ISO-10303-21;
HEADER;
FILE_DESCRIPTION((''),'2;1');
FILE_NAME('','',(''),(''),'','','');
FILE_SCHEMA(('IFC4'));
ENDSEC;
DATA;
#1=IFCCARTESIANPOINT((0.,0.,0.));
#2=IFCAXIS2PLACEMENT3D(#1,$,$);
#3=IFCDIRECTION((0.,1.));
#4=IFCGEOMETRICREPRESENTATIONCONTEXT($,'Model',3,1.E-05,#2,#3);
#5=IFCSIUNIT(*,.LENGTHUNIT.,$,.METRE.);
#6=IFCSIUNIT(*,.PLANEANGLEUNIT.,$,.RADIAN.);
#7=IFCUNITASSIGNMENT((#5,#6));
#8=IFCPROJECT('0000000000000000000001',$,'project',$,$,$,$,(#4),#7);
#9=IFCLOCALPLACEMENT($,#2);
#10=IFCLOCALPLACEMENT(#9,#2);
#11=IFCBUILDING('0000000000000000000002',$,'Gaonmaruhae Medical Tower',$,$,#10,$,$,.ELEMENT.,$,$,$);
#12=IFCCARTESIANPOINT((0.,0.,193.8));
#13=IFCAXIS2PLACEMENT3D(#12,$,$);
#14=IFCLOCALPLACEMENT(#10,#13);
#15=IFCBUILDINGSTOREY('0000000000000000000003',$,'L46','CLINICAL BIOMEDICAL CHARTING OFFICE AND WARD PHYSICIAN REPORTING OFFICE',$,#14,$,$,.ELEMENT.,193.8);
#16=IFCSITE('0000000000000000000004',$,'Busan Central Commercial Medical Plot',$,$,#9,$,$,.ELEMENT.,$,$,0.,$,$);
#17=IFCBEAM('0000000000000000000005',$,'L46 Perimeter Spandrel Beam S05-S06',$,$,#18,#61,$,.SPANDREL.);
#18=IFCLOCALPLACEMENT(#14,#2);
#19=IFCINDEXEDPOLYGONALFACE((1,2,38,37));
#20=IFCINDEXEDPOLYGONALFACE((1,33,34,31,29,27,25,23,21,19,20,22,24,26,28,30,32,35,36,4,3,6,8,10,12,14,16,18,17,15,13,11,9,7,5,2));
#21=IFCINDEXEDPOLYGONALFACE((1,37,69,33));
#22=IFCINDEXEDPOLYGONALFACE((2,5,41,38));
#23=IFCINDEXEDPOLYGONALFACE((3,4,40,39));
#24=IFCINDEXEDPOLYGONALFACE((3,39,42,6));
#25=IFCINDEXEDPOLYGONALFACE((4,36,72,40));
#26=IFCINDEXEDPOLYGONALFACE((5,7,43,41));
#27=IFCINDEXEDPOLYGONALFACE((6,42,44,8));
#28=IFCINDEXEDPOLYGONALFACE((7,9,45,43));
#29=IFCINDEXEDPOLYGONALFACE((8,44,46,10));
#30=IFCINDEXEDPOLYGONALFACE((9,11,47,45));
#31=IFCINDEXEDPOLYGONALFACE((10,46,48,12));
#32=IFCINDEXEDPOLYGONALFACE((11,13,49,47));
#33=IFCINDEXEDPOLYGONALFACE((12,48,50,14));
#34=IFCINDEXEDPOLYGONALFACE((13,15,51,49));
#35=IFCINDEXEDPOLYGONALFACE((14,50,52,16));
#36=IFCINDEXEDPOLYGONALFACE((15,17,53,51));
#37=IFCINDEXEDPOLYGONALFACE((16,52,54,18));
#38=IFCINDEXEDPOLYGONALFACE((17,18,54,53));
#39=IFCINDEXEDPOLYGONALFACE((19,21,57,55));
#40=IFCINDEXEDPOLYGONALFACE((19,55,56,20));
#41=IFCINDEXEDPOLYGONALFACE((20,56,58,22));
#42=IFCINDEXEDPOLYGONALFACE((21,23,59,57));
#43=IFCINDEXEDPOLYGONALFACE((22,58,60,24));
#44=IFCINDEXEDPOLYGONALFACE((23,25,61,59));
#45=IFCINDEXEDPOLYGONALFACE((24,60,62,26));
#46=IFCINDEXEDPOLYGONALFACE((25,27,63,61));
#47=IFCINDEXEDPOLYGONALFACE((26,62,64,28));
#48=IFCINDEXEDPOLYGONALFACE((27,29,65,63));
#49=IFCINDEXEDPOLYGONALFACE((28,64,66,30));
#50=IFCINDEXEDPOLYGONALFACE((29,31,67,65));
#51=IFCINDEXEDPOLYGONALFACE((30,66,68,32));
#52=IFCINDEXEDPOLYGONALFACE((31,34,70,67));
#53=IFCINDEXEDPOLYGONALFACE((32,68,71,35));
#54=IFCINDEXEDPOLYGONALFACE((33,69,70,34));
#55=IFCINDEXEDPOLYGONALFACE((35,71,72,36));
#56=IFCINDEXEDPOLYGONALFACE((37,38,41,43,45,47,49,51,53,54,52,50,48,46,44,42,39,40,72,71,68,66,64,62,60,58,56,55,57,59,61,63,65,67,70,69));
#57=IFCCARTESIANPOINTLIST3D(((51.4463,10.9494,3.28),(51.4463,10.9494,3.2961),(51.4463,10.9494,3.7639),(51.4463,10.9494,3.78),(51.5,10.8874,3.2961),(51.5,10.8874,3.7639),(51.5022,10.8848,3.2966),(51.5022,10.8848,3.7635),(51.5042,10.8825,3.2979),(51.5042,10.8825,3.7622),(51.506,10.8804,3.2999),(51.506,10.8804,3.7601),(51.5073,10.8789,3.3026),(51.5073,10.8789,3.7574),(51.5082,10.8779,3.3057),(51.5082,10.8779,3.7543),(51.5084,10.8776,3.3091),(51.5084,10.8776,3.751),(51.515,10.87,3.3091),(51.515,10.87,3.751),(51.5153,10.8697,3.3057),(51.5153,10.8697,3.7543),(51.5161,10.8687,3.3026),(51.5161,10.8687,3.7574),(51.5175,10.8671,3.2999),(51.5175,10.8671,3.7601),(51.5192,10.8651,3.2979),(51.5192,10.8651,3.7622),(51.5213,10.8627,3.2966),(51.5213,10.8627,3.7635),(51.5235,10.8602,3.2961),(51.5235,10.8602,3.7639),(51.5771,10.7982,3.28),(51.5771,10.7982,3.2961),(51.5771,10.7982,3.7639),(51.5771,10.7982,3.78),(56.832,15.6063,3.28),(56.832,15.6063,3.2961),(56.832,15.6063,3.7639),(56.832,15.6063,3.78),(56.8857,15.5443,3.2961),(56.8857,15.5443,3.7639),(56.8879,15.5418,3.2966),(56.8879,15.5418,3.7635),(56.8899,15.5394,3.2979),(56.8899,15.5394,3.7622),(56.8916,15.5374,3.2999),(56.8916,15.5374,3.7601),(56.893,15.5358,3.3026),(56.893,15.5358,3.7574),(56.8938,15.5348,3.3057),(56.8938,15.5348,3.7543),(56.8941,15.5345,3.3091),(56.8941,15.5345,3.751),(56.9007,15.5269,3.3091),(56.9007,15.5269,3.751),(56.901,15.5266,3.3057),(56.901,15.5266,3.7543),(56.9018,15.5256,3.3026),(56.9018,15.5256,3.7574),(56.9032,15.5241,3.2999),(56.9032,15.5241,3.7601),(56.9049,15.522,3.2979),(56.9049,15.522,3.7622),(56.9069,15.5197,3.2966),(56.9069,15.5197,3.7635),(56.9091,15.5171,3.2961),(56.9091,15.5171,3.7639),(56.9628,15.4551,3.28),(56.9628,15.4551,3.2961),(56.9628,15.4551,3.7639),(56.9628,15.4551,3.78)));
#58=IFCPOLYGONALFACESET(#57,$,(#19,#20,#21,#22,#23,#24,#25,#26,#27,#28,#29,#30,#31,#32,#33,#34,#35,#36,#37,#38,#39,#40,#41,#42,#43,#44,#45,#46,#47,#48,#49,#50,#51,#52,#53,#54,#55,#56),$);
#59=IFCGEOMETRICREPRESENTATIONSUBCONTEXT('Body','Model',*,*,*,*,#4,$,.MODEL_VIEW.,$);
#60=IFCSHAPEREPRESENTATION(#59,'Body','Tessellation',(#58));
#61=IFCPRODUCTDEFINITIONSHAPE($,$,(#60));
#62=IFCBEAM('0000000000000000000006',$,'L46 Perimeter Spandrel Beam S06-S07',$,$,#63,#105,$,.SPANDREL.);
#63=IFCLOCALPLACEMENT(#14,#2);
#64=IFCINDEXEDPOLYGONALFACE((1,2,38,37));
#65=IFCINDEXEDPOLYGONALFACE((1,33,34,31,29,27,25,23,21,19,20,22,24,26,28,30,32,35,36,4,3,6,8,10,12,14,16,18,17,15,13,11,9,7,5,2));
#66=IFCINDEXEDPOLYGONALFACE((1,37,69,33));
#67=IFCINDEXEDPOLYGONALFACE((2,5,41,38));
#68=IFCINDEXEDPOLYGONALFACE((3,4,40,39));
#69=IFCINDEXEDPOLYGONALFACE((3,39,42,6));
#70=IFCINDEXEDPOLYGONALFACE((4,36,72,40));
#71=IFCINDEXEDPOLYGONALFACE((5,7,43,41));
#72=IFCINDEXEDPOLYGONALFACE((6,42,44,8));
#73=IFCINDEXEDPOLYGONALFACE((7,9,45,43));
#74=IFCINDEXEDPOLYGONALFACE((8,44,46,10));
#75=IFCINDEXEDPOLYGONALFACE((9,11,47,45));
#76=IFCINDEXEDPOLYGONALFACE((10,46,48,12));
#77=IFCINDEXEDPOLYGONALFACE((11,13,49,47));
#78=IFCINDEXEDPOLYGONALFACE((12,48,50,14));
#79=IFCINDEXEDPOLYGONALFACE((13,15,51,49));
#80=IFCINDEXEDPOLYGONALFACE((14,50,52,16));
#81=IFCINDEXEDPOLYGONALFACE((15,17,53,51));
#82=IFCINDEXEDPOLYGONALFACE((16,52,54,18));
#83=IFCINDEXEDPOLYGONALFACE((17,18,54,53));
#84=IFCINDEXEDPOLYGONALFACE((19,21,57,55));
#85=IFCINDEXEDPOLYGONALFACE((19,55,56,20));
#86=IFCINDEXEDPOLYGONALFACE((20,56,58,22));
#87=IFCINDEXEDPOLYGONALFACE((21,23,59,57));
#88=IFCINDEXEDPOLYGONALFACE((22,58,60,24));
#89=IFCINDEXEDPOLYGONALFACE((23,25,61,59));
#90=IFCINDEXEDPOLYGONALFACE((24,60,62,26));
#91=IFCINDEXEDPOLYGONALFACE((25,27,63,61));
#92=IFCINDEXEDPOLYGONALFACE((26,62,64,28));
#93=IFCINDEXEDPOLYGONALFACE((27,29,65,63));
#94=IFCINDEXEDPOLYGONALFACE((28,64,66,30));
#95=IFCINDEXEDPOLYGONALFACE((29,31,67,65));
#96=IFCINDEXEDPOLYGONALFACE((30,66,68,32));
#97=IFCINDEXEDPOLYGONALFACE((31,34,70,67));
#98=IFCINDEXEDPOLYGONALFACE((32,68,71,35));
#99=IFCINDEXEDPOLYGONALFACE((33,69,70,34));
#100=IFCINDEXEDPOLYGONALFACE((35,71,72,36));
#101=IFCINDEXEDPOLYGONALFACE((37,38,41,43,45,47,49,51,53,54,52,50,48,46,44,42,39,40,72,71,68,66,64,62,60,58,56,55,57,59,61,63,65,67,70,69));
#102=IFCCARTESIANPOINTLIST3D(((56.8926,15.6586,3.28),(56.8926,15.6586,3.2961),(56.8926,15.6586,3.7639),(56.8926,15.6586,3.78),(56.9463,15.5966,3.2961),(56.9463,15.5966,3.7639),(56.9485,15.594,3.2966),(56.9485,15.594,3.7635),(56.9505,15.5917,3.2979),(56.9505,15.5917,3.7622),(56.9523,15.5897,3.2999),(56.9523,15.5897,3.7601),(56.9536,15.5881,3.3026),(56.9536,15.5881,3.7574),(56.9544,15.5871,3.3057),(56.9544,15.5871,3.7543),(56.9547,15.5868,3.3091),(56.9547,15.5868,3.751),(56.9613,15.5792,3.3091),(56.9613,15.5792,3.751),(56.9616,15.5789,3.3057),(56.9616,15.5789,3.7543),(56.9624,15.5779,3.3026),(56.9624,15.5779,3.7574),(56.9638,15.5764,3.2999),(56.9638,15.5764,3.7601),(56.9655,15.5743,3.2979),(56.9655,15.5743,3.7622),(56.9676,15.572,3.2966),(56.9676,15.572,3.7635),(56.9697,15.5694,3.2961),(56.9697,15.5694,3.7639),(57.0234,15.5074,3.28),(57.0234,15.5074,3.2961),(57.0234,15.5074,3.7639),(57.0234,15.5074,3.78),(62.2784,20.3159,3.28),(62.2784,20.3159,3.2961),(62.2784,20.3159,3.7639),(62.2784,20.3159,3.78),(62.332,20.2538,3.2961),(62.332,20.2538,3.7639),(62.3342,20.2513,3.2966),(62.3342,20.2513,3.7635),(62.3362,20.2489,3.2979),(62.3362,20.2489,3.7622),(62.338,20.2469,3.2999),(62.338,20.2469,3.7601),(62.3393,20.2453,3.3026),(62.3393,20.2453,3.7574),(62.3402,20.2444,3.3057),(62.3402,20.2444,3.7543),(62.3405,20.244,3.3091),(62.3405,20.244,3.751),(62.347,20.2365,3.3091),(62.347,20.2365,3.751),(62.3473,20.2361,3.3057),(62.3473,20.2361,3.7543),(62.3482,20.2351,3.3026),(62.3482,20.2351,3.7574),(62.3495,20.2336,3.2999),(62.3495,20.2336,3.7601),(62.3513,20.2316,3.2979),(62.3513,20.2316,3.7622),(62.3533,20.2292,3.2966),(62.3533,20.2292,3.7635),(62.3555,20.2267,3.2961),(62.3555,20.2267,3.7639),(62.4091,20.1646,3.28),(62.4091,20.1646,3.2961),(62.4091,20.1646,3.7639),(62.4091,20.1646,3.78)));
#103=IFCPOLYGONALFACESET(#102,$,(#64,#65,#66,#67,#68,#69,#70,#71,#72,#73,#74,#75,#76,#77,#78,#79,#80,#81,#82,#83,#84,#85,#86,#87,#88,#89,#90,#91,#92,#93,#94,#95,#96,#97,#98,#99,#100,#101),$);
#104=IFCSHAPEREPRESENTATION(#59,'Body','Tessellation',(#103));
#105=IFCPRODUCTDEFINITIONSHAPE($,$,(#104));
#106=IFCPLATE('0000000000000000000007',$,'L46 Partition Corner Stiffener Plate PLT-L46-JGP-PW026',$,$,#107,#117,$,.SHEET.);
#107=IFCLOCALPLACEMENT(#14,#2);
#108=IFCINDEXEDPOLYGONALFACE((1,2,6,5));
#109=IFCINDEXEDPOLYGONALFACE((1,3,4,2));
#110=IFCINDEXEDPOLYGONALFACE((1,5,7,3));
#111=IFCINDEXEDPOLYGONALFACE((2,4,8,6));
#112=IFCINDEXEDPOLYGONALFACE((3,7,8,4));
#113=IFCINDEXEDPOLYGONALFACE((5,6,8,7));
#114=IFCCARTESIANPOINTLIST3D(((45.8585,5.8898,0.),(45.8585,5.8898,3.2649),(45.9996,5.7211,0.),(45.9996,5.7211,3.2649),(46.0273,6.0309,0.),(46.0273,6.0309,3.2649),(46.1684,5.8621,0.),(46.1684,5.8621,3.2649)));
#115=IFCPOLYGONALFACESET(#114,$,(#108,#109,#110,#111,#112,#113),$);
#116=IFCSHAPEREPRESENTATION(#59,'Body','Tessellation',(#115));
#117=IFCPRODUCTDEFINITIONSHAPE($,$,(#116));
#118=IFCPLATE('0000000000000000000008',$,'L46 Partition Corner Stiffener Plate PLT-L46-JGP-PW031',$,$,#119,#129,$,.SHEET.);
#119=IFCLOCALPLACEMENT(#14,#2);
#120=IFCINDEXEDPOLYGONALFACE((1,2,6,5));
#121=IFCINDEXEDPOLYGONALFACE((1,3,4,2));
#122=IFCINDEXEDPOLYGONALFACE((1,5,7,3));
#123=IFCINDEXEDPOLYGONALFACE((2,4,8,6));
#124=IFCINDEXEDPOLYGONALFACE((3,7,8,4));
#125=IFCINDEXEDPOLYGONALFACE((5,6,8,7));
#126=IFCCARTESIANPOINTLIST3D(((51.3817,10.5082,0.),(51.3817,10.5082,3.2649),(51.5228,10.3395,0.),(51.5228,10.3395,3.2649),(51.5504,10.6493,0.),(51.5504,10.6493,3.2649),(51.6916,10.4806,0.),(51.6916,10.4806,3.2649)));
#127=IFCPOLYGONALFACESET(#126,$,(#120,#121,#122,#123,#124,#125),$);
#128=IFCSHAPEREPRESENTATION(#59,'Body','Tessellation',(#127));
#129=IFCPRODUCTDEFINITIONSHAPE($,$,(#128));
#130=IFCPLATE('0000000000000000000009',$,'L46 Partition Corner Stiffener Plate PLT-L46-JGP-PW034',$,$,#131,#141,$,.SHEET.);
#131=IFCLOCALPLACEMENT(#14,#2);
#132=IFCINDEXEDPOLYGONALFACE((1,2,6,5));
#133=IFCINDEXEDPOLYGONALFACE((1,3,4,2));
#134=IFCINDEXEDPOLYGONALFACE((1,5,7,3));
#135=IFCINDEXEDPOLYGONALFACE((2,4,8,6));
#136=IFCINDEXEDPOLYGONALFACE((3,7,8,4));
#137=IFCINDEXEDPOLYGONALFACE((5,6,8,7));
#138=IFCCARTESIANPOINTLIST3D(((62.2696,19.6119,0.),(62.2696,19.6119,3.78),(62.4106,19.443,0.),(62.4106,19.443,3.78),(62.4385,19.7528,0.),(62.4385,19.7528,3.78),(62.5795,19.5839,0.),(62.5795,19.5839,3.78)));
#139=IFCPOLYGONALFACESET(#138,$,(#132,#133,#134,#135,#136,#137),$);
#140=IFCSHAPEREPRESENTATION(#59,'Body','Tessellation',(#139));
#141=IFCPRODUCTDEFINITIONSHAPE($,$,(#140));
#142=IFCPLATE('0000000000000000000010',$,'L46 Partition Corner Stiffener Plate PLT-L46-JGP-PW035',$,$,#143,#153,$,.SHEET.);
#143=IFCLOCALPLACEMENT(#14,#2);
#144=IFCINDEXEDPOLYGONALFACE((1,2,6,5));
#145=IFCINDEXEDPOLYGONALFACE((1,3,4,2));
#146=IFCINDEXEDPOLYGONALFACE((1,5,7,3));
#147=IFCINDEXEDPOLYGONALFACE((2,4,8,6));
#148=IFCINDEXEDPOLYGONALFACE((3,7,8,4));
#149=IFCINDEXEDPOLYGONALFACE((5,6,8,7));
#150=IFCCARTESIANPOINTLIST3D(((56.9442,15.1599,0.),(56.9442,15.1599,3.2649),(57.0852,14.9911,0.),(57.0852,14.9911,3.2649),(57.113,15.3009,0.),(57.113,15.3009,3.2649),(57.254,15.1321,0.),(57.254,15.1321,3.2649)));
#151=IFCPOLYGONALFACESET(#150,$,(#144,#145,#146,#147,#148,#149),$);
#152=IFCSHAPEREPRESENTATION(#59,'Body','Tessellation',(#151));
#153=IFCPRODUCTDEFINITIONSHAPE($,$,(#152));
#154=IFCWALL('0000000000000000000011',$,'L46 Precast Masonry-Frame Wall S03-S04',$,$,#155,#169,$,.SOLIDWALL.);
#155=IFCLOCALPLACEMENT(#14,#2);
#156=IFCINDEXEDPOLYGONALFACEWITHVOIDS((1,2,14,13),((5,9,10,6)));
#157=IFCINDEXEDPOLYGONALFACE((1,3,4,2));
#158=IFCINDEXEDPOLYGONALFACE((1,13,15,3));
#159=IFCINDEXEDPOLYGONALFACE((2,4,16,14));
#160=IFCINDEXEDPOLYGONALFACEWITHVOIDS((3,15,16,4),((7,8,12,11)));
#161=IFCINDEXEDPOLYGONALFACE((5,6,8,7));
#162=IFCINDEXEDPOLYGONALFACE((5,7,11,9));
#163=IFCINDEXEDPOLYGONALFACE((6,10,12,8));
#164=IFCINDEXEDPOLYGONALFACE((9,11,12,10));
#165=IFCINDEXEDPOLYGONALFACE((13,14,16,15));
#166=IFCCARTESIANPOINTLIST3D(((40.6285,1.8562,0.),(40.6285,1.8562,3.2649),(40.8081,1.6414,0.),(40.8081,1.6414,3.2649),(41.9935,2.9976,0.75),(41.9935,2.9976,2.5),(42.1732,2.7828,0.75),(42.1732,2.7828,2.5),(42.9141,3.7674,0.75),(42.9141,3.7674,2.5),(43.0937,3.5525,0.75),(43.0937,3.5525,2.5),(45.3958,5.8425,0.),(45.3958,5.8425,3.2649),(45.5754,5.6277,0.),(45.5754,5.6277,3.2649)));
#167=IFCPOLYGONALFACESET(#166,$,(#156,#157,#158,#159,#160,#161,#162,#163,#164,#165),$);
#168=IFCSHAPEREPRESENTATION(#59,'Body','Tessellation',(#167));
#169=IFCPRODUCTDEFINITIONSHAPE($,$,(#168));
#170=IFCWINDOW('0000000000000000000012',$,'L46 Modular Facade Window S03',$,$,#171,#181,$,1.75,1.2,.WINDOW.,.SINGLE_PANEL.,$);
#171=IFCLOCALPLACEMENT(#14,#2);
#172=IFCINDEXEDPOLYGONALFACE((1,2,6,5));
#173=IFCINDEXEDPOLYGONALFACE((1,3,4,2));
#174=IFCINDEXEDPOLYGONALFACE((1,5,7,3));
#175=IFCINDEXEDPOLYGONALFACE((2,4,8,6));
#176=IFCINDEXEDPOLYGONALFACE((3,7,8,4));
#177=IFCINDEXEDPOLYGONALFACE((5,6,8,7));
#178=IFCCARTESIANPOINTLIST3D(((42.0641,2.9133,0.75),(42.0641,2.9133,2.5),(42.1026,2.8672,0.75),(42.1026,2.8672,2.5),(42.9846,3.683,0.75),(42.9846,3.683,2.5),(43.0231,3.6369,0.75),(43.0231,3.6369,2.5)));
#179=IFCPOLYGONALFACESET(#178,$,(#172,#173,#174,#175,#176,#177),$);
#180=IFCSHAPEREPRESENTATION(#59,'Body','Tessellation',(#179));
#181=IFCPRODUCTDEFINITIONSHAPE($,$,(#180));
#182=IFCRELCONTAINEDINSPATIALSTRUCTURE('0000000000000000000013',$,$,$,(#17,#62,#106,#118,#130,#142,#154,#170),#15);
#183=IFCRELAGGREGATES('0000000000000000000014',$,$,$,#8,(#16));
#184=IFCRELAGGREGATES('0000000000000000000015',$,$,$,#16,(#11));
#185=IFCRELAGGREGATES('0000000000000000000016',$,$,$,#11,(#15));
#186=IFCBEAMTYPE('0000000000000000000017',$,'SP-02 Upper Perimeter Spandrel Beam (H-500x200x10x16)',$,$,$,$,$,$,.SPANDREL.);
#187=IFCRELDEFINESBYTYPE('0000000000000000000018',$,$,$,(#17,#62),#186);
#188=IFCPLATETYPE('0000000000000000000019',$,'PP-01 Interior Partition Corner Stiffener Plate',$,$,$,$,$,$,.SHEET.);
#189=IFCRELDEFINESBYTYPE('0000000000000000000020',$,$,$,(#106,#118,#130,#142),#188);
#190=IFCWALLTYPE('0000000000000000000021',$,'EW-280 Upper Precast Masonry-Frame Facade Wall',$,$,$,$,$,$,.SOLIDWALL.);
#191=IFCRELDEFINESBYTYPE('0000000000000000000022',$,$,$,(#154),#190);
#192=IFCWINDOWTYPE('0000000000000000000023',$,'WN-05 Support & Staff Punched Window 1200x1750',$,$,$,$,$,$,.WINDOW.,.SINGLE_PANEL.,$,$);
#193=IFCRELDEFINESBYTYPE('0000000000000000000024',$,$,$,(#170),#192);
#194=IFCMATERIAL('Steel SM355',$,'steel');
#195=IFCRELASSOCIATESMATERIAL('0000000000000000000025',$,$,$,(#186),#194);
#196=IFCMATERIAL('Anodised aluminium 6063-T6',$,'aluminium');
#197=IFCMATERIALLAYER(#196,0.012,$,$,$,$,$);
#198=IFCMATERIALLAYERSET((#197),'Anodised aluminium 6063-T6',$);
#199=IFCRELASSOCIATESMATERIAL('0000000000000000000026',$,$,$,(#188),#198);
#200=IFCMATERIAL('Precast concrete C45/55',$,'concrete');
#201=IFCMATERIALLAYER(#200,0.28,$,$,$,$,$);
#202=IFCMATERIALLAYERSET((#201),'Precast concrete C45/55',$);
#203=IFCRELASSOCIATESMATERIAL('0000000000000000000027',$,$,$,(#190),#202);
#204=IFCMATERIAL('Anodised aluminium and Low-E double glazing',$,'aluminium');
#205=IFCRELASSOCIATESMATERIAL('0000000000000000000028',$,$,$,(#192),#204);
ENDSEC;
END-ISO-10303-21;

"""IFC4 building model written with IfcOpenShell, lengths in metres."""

from ifc_helpers import new_model, si_unit, direction, frame, frame_2d, origin, origin_2d, place, context, subcontext, project, spatial, rectangle, i_section, extrude, material, layer, layer_set, material_profile, profile_set, type_object, element, fill, save


model = new_model("IFC4")

# Units and contexts
model_context = context("Model", 3, precision=1e-05, world=origin(), true_north=direction((0.0, 1.0)))
body_context = subcontext(model_context, "Body", "Model", "MODEL_VIEW")
ifc_project = project(units=[si_unit("LENGTHUNIT", "METRE"), si_unit("PLANEANGLEUNIT", "RADIAN")], contexts=[model_context])

# Site, building, storey
site_placement = place(None, origin())
site = spatial("IfcSite", under=ifc_project, at=site_placement, Name="Busan Central Commercial Medical Plot", CompositionType="ELEMENT", RefElevation=0.0)
building_placement = place(site_placement, origin())
building = spatial("IfcBuilding", under=site, at=building_placement, Name="Gaonmaruhae Medical Tower", CompositionType="ELEMENT")
storey_placement = place(building_placement, frame((0.0, 0.0, 193.8)))
storey = spatial("IfcBuildingStorey", under=building, at=storey_placement, Name="L46", Description="CLINICAL BIOMEDICAL CHARTING OFFICE AND WARD PHYSICIAN REPORTING OFFICE", CompositionType="ELEMENT", Elevation=193.8)

# Beams
ifc_material_1 = material(Name="Steel SM355", Category="steel")
ifc_material_profile_1 = material_profile(ifc_material_1, i_section(OverallWidth=0.2, OverallDepth=0.5, WebThickness=0.01, FlangeThickness=0.0161, FilletRadius=0.0129, at=origin_2d()), Name="H-500x200x10x16")
ifc_profile_set_1 = profile_set([ifc_material_profile_1], Name="Steel SM355")
beam_type_1 = type_object("IfcBeamType", Name="SP-02 Upper Perimeter Spandrel Beam (H-500x200x10x16)", PredefinedType="SPANDREL", material=ifc_profile_set_1)
for number, where, z_axis, x_axis, name in (
    (1, (51.5117, 10.8738, 3.53), (0.75643, 0.654075, 0.0), (-0.654075, 0.75643, 0.0), "L46 Perimeter Spandrel Beam S05-S06"),
):
    element("IfcBeam", number, at=place(storey_placement, frame(where, z_axis=z_axis, x_axis=x_axis)), inside=storey, type_object=beam_type_1, Name=name, PredefinedType="SPANDREL", context=body_context, shape_type="SweptSolid", body=[
        extrude(i_section(OverallWidth=0.2, OverallDepth=0.5, WebThickness=0.01, FlangeThickness=0.0161, FilletRadius=0.0129, at=origin_2d()), origin(), (0.0, 0.0, 1.0), 7.1199),
    ])
beam_1_placement = place(storey_placement, frame((56.958, 15.583, 3.53), z_axis=(0.756413, 0.654095, 0.0), x_axis=(-0.654095, 0.756413, 0.0)))
element("IfcBeam", 2, at=beam_1_placement, inside=storey, type_object=beam_type_1, Name="L46 Perimeter Spandrel Beam S06-S07", PredefinedType="SPANDREL", context=body_context, shape_type="SweptSolid", body=[
    extrude(i_section(OverallWidth=0.2, OverallDepth=0.5, WebThickness=0.01, FlangeThickness=0.0161, FilletRadius=0.0129, at=origin_2d()), origin(), (0.0, 0.0, 1.0), 7.1201),
])

# Plates
ifc_material_2 = material(Name="Anodised aluminium 6063-T6", Category="aluminium")
ifc_layer_1 = layer(ifc_material_2, 0.012)
ifc_layer_set_1 = layer_set([ifc_layer_1], Name="Anodised aluminium 6063-T6")
plate_type = type_object("IfcPlateType", Name="PP-01 Interior Partition Corner Stiffener Plate", PredefinedType="SHEET", material=ifc_layer_set_1)
for number, where, z_axis, x_axis, name in (
    (3, (46.0134, 5.876, 0.0), (0.0, 0.0, 1.0), (-0.767311, -0.641276, 0.0), "L46 Partition Corner Stiffener Plate PLT-L46-JGP-PW026"),
    (4, (51.5366, 10.4944, 0.0), (0.0, 0.0, 1.0), (-0.766975, -0.641677, 0.0), "L46 Partition Corner Stiffener Plate PLT-L46-JGP-PW031"),
):
    element("IfcPlate", number, at=place(storey_placement, frame(where, z_axis=z_axis, x_axis=x_axis)), inside=storey, type_object=plate_type, Name=name, PredefinedType="SHEET", context=body_context, shape_type="SweptSolid", body=[
        extrude(rectangle(XDim=0.22, YDim=0.22, at=origin_2d()), origin(), (0.0, 0.0, 1.0), 3.2649),
    ])
plate_1_placement = place(storey_placement, frame((62.4246, 19.5979, 0.0), z_axis=(0.0, 0.0, 1.0), x_axis=(-0.767758, -0.64074, 0.0)))
element("IfcPlate", 5, at=plate_1_placement, inside=storey, type_object=plate_type, Name="L46 Partition Corner Stiffener Plate PLT-L46-JGP-PW034", PredefinedType="SHEET", context=body_context, shape_type="SweptSolid", body=[
    extrude(rectangle(XDim=0.22, YDim=0.22, at=origin_2d()), origin(), (0.0, 0.0, 1.0), 3.78),
])
plate_2_placement = place(storey_placement, frame((57.0991, 15.146, 0.0), z_axis=(0.0, 0.0, 1.0), x_axis=(-0.767467, -0.641088, 0.0)))
element("IfcPlate", 6, at=plate_2_placement, inside=storey, type_object=plate_type, Name="L46 Partition Corner Stiffener Plate PLT-L46-JGP-PW035", PredefinedType="SHEET", context=body_context, shape_type="SweptSolid", body=[
    extrude(rectangle(XDim=0.22, YDim=0.22, at=origin_2d()), origin(), (0.0, 0.0, 1.0), 3.2649),
])

# Wall, opening, window
ifc_material_3 = material(Name="Precast concrete C45/55", Category="concrete")
ifc_layer_2 = layer(ifc_material_3, 0.28)
ifc_layer_set_2 = layer_set([ifc_layer_2], Name="Precast concrete C45/55")
wall_type_1 = type_object("IfcWallType", Name="EW-280 Upper Precast Masonry-Frame Facade Wall", PredefinedType="SOLIDWALL", material=ifc_layer_set_2)
wall_1_placement = place(storey_placement, frame((45.4856, 5.7351, 0.0), z_axis=(0.0, 0.0, 1.0), x_axis=(-0.767148, -0.64147, 0.0)))
wall_1 = element("IfcWall", 7, at=wall_1_placement, inside=storey, type_object=wall_type_1, Name="L46 Precast Masonry-Frame Wall S03-S04", PredefinedType="SOLIDWALL", context=body_context, shape_type="SweptSolid", body=[
    extrude(rectangle(XDim=6.2144, YDim=0.28, at=frame_2d((3.1072, 0.0))), origin(), (0.0, 0.0, 1.0), 3.2649),
])
opening_1_placement = place(wall_1_placement, frame((3.2349, 0.0, 0.75)))
opening_1 = element("IfcOpeningElement", 8, at=opening_1_placement, cuts=wall_1, PredefinedType="OPENING", context=body_context, shape_type="SweptSolid", body=[
    extrude(rectangle(XDim=1.2, YDim=1.75, at=frame_2d((0.6001, 0.875))), frame((0.0, 0.1499, 0.0), z_axis=(0.0, -1.0, 0.0), x_axis=(1.0, 0.0, 0.0)), (0.0, 0.0, 1.0), 0.3),
])
ifc_material_4 = material(Name="Anodised aluminium and Low-E double glazing", Category="aluminium")
window_type_1 = type_object("IfcWindowType", Name="WN-05 Support & Staff Punched Window 1200x1750", PartitioningType="SINGLE_PANEL", PredefinedType="WINDOW", material=ifc_material_4)
window_1_placement = place(opening_1_placement, origin())
window_1 = element("IfcWindow", 9, at=window_1_placement, inside=storey, type_object=window_type_1, Name="L46 Modular Facade Window S03", OverallHeight=1.75, OverallWidth=1.2, PartitioningType="SINGLE_PANEL", PredefinedType="WINDOW", context=body_context, shape_type="SweptSolid", body=[
    extrude(rectangle(XDim=1.2, YDim=1.75, at=frame_2d((0.6001, 0.875))), frame((0.0, 0.03, 0.0), z_axis=(0.0, -1.0, 0.0), x_axis=(1.0, 0.0, 0.0)), (0.0, 0.0, 1.0), 0.0601),
])
fill(opening_1, window_1)

save(model, "model.ifc")
